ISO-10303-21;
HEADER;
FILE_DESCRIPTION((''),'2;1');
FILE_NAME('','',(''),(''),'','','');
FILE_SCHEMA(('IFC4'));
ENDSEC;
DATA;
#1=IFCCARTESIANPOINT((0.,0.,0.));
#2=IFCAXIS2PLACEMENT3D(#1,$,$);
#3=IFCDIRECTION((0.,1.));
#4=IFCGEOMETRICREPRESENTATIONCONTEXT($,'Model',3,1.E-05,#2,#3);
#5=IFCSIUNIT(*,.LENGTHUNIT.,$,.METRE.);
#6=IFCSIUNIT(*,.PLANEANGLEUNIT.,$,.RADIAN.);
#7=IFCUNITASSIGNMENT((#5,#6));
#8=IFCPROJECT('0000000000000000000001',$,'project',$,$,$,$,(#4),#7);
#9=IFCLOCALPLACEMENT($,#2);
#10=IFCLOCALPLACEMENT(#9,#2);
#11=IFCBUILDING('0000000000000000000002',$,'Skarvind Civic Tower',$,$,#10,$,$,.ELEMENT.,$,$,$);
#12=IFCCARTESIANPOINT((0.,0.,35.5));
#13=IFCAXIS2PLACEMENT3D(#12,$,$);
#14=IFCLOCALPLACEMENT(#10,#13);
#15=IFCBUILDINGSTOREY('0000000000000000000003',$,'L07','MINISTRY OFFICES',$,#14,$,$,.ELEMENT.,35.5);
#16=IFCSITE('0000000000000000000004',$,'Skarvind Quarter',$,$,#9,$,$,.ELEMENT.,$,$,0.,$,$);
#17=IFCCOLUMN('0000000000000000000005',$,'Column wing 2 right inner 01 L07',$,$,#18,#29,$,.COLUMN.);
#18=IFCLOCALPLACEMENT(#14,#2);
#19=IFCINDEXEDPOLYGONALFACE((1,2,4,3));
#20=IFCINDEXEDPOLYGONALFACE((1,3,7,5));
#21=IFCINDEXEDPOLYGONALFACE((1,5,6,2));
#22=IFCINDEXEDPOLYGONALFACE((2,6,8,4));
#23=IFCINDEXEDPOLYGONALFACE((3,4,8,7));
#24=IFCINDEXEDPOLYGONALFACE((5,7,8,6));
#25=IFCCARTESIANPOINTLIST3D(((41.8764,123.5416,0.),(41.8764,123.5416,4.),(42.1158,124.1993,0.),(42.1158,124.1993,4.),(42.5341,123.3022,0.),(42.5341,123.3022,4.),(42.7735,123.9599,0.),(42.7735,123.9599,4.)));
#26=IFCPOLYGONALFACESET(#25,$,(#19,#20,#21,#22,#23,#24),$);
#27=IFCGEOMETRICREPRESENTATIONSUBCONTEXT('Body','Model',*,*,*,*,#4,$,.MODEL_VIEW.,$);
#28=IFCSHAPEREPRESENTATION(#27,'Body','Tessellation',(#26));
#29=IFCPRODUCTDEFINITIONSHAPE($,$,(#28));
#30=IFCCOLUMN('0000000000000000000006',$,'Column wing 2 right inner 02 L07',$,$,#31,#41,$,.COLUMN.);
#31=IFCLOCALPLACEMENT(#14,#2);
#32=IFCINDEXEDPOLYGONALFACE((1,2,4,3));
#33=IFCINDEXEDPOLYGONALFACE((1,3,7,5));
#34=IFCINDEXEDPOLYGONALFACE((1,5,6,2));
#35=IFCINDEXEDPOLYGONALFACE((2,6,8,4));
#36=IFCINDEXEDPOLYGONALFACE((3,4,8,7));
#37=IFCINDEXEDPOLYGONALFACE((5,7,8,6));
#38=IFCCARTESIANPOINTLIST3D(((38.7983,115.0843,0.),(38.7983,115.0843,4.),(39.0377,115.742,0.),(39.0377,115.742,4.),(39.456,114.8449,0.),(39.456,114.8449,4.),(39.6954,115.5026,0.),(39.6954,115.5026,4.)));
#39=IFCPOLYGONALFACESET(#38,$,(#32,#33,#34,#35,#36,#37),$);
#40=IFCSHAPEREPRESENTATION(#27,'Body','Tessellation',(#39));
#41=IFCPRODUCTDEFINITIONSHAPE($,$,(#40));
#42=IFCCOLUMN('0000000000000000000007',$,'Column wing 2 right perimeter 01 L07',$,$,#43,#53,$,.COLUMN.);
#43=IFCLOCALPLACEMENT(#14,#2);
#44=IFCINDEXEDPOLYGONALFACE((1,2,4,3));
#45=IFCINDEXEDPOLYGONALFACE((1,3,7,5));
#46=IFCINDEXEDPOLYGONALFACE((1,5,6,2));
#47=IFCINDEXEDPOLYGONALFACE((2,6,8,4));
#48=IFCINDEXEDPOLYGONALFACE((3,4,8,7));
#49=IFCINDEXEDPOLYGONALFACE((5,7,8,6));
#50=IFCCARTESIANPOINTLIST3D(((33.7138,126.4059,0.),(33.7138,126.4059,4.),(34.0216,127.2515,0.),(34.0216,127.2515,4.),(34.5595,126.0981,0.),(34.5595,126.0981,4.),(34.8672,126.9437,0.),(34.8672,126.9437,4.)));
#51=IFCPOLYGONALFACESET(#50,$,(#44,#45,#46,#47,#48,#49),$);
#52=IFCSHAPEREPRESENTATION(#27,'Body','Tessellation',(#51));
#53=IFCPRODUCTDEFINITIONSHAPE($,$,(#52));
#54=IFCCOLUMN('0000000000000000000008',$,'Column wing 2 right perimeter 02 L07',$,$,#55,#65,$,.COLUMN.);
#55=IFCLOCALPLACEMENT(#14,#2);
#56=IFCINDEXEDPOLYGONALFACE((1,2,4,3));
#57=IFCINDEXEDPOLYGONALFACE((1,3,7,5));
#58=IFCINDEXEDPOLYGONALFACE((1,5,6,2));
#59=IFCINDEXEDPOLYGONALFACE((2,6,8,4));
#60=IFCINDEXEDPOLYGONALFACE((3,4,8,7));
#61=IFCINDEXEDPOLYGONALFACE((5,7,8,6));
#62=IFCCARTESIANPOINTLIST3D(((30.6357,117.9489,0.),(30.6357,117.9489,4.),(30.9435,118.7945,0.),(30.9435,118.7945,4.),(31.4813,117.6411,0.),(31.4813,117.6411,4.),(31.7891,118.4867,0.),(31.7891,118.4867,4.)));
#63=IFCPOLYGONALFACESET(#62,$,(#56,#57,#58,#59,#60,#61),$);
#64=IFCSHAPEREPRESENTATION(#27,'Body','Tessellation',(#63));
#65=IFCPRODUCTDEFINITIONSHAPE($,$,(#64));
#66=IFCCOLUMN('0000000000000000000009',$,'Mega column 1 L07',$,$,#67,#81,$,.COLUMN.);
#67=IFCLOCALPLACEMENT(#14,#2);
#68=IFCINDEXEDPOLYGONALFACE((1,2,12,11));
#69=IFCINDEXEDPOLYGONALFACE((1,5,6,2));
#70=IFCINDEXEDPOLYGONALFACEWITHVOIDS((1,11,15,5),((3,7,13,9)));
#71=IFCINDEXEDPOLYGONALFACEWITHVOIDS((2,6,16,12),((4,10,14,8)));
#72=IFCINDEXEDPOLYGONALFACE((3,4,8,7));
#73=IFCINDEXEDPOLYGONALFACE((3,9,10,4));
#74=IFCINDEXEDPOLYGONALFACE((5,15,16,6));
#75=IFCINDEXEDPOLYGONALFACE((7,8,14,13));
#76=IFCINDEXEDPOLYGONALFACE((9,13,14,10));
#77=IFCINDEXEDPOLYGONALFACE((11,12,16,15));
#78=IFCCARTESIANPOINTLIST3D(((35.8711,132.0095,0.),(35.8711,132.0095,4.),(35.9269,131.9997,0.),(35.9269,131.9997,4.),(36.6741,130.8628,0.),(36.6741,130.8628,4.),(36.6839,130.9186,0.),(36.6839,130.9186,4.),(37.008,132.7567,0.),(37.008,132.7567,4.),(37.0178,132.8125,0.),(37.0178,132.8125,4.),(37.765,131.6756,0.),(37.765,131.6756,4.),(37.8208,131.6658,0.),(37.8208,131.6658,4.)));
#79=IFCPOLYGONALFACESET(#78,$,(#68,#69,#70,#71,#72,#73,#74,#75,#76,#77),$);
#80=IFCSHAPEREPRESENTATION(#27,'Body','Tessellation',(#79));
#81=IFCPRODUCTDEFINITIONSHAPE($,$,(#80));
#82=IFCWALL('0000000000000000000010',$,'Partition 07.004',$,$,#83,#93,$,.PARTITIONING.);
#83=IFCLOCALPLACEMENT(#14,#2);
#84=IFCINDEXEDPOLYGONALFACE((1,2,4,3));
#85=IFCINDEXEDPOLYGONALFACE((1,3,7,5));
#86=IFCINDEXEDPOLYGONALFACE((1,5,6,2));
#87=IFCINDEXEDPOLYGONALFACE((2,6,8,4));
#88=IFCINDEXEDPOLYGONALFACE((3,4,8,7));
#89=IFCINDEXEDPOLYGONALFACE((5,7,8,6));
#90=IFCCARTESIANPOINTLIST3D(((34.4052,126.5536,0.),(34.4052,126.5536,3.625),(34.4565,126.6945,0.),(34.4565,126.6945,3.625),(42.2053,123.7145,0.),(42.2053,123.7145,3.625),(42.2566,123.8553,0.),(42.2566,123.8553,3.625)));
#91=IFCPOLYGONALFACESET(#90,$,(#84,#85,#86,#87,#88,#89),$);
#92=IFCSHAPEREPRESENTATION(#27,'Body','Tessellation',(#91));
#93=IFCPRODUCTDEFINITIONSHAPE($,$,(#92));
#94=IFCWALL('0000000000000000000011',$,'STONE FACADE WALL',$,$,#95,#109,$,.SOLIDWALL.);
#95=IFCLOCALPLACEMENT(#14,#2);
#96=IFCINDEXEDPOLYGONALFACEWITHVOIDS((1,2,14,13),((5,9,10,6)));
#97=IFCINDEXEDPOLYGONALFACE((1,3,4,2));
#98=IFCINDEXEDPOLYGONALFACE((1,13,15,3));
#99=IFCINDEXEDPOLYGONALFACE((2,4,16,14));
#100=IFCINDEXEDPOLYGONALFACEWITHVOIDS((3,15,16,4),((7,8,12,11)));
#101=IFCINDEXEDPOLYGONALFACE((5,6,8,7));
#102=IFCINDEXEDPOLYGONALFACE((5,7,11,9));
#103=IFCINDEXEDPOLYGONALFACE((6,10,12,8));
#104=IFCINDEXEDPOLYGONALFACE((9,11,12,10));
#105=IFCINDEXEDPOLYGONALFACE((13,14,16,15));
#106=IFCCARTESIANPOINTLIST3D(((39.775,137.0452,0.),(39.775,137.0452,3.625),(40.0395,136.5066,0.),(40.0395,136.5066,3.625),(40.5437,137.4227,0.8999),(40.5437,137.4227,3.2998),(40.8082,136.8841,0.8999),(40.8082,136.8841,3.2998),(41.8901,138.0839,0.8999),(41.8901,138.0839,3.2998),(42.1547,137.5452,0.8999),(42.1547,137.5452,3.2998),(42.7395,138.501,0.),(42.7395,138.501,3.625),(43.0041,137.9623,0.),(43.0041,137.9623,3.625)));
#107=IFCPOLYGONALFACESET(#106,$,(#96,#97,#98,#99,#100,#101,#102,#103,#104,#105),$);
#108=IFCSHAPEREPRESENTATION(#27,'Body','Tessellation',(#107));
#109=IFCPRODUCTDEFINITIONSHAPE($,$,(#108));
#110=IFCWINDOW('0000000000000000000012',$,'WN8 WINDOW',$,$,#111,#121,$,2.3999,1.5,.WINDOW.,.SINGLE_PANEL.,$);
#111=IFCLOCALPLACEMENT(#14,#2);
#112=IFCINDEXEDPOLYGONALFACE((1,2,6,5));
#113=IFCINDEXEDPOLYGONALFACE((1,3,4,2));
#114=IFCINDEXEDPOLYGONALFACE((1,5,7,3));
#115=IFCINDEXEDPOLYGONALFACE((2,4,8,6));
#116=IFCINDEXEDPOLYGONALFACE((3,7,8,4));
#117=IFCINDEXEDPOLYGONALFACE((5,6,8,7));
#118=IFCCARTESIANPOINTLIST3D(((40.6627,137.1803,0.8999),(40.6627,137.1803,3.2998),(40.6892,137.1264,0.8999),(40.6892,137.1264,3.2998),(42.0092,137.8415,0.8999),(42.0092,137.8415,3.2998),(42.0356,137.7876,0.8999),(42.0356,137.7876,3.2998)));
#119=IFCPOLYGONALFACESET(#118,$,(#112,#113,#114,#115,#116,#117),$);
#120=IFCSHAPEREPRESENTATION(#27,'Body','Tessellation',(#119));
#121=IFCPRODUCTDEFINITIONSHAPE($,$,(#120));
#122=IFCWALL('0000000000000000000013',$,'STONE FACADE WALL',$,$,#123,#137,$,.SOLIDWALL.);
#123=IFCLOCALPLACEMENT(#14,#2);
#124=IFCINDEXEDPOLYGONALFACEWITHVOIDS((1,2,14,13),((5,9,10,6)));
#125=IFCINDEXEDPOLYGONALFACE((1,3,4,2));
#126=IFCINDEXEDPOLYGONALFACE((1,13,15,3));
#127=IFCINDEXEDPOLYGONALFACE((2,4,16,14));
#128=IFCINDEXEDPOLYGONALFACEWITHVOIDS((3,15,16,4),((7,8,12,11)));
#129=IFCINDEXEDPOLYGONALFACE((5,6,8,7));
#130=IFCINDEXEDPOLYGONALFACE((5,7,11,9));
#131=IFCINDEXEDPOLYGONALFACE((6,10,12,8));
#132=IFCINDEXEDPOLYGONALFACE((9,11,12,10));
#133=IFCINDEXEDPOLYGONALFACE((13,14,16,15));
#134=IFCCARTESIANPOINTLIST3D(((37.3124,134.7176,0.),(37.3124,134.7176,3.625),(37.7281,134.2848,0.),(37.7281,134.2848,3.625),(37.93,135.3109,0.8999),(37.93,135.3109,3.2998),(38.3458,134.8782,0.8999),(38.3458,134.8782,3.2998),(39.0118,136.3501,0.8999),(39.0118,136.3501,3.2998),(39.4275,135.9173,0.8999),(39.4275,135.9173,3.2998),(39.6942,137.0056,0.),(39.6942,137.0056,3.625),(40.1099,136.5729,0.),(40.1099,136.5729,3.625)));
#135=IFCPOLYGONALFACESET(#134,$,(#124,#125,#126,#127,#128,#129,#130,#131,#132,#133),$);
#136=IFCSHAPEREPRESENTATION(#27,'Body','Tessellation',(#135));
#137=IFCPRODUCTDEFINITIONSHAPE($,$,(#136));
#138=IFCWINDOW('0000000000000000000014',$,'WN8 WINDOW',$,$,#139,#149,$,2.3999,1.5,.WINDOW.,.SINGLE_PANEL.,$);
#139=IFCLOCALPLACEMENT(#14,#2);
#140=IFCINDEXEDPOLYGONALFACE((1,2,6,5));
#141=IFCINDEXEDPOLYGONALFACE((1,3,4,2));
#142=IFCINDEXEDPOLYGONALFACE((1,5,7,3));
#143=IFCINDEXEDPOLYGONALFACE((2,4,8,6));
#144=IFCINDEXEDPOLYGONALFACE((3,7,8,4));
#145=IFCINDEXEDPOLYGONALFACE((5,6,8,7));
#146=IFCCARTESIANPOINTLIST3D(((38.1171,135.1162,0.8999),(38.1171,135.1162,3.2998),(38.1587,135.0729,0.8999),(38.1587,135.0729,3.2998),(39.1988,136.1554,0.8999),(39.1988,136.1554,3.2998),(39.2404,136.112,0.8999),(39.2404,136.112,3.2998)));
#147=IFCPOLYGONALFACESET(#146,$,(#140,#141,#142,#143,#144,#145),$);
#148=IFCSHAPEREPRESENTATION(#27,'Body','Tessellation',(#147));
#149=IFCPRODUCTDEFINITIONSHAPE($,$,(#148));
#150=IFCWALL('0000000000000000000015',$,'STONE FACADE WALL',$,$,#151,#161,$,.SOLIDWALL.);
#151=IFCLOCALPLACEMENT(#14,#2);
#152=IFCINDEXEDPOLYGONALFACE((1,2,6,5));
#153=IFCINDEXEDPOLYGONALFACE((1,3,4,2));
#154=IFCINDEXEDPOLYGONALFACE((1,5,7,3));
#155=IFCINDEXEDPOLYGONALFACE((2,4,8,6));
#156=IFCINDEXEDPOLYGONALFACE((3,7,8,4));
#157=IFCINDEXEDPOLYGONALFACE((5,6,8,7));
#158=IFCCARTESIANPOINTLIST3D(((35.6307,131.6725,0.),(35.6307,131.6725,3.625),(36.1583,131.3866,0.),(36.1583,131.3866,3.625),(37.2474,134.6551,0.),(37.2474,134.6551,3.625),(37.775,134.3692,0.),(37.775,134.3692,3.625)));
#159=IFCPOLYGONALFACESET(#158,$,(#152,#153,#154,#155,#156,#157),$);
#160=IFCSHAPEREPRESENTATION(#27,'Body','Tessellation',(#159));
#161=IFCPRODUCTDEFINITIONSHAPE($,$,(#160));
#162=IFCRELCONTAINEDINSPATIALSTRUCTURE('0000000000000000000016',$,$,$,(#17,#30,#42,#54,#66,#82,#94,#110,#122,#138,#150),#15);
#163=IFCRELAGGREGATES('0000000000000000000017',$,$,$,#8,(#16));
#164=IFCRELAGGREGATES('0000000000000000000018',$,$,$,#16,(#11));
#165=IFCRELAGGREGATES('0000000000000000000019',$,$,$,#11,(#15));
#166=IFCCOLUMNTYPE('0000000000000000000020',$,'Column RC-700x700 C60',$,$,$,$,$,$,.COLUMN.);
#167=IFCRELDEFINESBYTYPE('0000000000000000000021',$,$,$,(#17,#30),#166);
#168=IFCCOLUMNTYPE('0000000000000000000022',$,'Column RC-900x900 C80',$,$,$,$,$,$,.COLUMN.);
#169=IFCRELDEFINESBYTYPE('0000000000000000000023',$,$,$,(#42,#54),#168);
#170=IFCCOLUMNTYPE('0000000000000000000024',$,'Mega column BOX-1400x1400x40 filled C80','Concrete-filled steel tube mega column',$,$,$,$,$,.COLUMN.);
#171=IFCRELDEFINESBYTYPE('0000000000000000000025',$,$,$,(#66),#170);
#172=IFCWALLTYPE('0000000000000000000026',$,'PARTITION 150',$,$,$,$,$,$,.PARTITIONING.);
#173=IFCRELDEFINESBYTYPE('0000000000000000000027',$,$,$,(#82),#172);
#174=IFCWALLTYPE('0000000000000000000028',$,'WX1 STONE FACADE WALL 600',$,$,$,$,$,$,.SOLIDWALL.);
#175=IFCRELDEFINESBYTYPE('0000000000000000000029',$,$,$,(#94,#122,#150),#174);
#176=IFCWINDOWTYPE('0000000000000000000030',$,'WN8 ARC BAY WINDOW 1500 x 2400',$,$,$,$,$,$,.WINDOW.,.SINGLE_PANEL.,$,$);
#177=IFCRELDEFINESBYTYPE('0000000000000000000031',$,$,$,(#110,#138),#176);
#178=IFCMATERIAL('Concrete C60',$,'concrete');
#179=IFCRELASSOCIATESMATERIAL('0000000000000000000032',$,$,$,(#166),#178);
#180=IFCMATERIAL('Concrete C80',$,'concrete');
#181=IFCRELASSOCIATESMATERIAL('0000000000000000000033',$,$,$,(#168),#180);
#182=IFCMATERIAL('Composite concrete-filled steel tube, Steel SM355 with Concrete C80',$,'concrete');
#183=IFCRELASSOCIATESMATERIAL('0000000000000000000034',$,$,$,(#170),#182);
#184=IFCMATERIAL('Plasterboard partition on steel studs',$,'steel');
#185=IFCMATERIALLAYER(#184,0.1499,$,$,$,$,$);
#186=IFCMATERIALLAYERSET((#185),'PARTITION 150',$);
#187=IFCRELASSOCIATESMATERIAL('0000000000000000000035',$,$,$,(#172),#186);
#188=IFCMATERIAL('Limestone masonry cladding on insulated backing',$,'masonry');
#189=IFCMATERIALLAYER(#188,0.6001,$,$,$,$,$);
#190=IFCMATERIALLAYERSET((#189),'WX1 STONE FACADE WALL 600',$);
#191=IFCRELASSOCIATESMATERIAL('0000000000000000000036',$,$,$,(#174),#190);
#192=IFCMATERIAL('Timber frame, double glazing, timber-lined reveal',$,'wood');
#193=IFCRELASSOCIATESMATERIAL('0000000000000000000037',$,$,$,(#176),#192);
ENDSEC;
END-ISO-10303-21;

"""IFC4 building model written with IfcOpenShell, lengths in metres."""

from ifc_helpers import new_model, si_unit, direction, frame, frame_2d, origin, origin_2d, place, context, subcontext, project, spatial, rectangle, hollow_rectangle, extrude, material, layer, layer_set, material_profile, profile_set, type_object, element, fill, save


model = new_model("IFC4")

# Units and contexts
model_context = context("Model", 3, precision=1e-05, world=origin(), true_north=direction((0.0, 1.0)))
body_context = subcontext(model_context, "Body", "Model", "MODEL_VIEW")
ifc_project = project(units=[si_unit("LENGTHUNIT", "METRE"), si_unit("PLANEANGLEUNIT", "RADIAN")], contexts=[model_context])

# Site, building, storey
site_placement = place(None, origin())
site = spatial("IfcSite", under=ifc_project, at=site_placement, Name="Skarvind Quarter", CompositionType="ELEMENT", RefElevation=0.0)
building_placement = place(site_placement, origin())
building = spatial("IfcBuilding", under=site, at=building_placement, Name="Skarvind Civic Tower", CompositionType="ELEMENT")
storey_placement = place(building_placement, frame((0.0, 0.0, 35.5)))
storey = spatial("IfcBuildingStorey", under=building, at=storey_placement, Name="L07", Description="MINISTRY OFFICES", CompositionType="ELEMENT", Elevation=35.5)

# Columns
ifc_material_1 = material(Name="Concrete C60", Category="concrete")
ifc_material_profile_1 = material_profile(ifc_material_1, rectangle(XDim=0.7, YDim=0.7, at=origin_2d()), Name="RC-700x700")
ifc_profile_set_1 = profile_set([ifc_material_profile_1], Name="Concrete C60")
column_type_1 = type_object("IfcColumnType", Name="Column RC-700x700 C60", PredefinedType="COLUMN", material=ifc_profile_set_1)
for number, where, z_axis, x_axis, name in (
    (1, (42.325, 123.7507, 0.0), (0.0, 0.0, 1.0), (-0.34202, -0.939693, 0.0), "Column wing 2 right inner 01 L07"),
    (2, (39.2468, 115.2935, 0.0), (0.0, 0.0, 1.0), (-0.34202, -0.939693, 0.0), "Column wing 2 right inner 02 L07"),
):
    element("IfcColumn", number, at=place(storey_placement, frame(where, z_axis=z_axis, x_axis=x_axis)), inside=storey, type_object=column_type_1, Name=name, PredefinedType="COLUMN", context=body_context, shape_type="SweptSolid", body=[
        extrude(rectangle(XDim=0.7, YDim=0.7, at=origin_2d()), origin(), (0.0, 0.0, 1.0), 4.0),
    ])
ifc_material_2 = material(Name="Concrete C80", Category="concrete")
ifc_material_profile_2 = material_profile(ifc_material_2, rectangle(XDim=0.8999, YDim=0.8999, at=origin_2d()), Name="RC-900x900")
ifc_profile_set_2 = profile_set([ifc_material_profile_2], Name="Concrete C80")
column_type_2 = type_object("IfcColumnType", Name="Column RC-900x900 C80", PredefinedType="COLUMN", material=ifc_profile_set_2)
for number, where, z_axis, x_axis, name in (
    (3, (34.2905, 126.6748, 0.0), (0.0, 0.0, 1.0), (-0.34202, -0.939693, 0.0), "Column wing 2 right perimeter 01 L07"),
    (4, (31.2124, 118.2178, 0.0), (0.0, 0.0, 1.0), (-0.34202, -0.939693, 0.0), "Column wing 2 right perimeter 02 L07"),
):
    element("IfcColumn", number, at=place(storey_placement, frame(where, z_axis=z_axis, x_axis=x_axis)), inside=storey, type_object=column_type_2, Name=name, PredefinedType="COLUMN", context=body_context, shape_type="SweptSolid", body=[
        extrude(rectangle(XDim=0.8999, YDim=0.8999, at=origin_2d()), origin(), (0.0, 0.0, 1.0), 4.0),
    ])
ifc_material_3 = material(Name="Composite concrete-filled steel tube, Steel SM355 with Concrete C80", Category="concrete")
ifc_material_profile_3 = material_profile(ifc_material_3, hollow_rectangle(XDim=1.3999, YDim=1.3999, WallThickness=0.04, at=origin_2d()), Name="BOX-1400x1400x40")
ifc_profile_set_3 = profile_set([ifc_material_profile_3], Name="Composite concrete-filled steel tube, Steel SM355 with Concrete C80")
column_type_3 = type_object("IfcColumnType", Name="Mega column BOX-1400x1400x40 filled C80", Description="Concrete-filled steel tube mega column", PredefinedType="COLUMN", material=ifc_profile_set_3)
column_placement = place(storey_placement, frame((36.8459, 131.8376, 0.0), z_axis=(0.0, 0.0, 1.0), x_axis=(0.573576, -0.819152, 0.0)))
element("IfcColumn", 5, at=column_placement, inside=storey, type_object=column_type_3, Name="Mega column 1 L07", PredefinedType="COLUMN", context=body_context, shape_type="SweptSolid", body=[
    extrude(hollow_rectangle(XDim=1.3999, YDim=1.3999, WallThickness=0.04, at=origin_2d()), origin(), (0.0, 0.0, 1.0), 4.0),
])

# Wall
ifc_material_4 = material(Name="Plasterboard partition on steel studs", Category="steel")
ifc_layer_1 = layer(ifc_material_4, 0.1499)
ifc_layer_set_1 = layer_set([ifc_layer_1], Name="PARTITION 150")
wall_type_1 = type_object("IfcWallType", Name="PARTITION 150", PredefinedType="PARTITIONING", material=ifc_layer_set_1)
wall_1_placement = place(storey_placement, frame((42.231, 123.7849, 0.0), z_axis=(0.0, 0.0, 1.0), x_axis=(-0.939688, 0.342034, 0.0)))
element("IfcWall", 6, at=wall_1_placement, inside=storey, type_object=wall_type_1, Name="Partition 07.004", PredefinedType="PARTITIONING", context=body_context, shape_type="SweptSolid", body=[
    extrude(rectangle(XDim=8.3008, YDim=0.1499, at=frame_2d((4.1504, 0.0))), origin(), (0.0, 0.0, 1.0), 3.625),
])

# Walls, openings, windows
ifc_material_5 = material(Name="Limestone masonry cladding on insulated backing", Category="masonry")
ifc_layer_2 = layer(ifc_material_5, 0.6001)
ifc_layer_set_2 = layer_set([ifc_layer_2], Name="WX1 STONE FACADE WALL 600")
wall_type_2 = type_object("IfcWallType", Name="WX1 STONE FACADE WALL 600", PredefinedType="SOLIDWALL", material=ifc_layer_set_2)
wall_2_placement = place(storey_placement, frame((39.9072, 136.7759, 0.0), z_axis=(0.0, 0.0, 1.0), x_axis=(0.897612, 0.440786, 0.0)))
wall_2 = element("IfcWall", 7, at=wall_2_placement, inside=storey, type_object=wall_type_2, Name="STONE FACADE WALL", PredefinedType="SOLIDWALL", context=body_context, shape_type="SweptSolid", body=[
    extrude(rectangle(XDim=3.3027, YDim=0.6001, at=frame_2d((1.6514, 0.0))), origin(), (0.0, 0.0, 1.0), 3.625),
])
opening_1_placement = place(wall_2_placement, frame((0.8564, 0.0, 0.8999)))
opening_1 = element("IfcOpeningElement", 8, at=opening_1_placement, cuts=wall_2, PredefinedType="OPENING", context=body_context, shape_type="SweptSolid", body=[
    extrude(rectangle(XDim=1.5, YDim=2.3999, at=frame_2d((0.75, 1.2))), frame((0.0, 0.3101, 0.0), z_axis=(0.0, -1.0, 0.0), x_axis=(1.0, 0.0, 0.0)), (0.0, 0.0, 1.0), 0.6201),
])
ifc_material_6 = material(Name="Timber frame, double glazing, timber-lined reveal", Category="wood")
window_type = type_object("IfcWindowType", Name="WN8 ARC BAY WINDOW 1500 x 2400", PartitioningType="SINGLE_PANEL", PredefinedType="WINDOW", material=ifc_material_6)
window_1_placement = place(opening_1_placement, origin())
window_1 = element("IfcWindow", 9, at=window_1_placement, inside=storey, type_object=window_type, Name="WN8 WINDOW", OverallHeight=2.3999, OverallWidth=1.5, PartitioningType="SINGLE_PANEL", PredefinedType="WINDOW", context=body_context, shape_type="SweptSolid", body=[
    extrude(rectangle(XDim=1.5, YDim=2.3999, at=frame_2d((0.75, 1.2))), frame((0.0, 0.03, 0.0), z_axis=(0.0, -1.0, 0.0), x_axis=(1.0, 0.0, 0.0)), (0.0, 0.0, 1.0), 0.0601),
])
fill(opening_1, window_1)
wall_3_placement = place(storey_placement, frame((37.5203, 134.5012, 0.0), z_axis=(0.0, 0.0, 1.0), x_axis=(0.721157, 0.692772, 0.0)))
wall_3 = element("IfcWall", 10, at=wall_3_placement, inside=storey, type_object=wall_type_2, Name="STONE FACADE WALL", PredefinedType="SOLIDWALL", context=body_context, shape_type="SweptSolid", body=[
    extrude(rectangle(XDim=3.3027, YDim=0.6001, at=frame_2d((1.6514, 0.0))), origin(), (0.0, 0.0, 1.0), 3.625),
])
opening_2_placement = place(wall_3_placement, frame((0.8564, 0.0, 0.8999)))
opening_2 = element("IfcOpeningElement", 11, at=opening_2_placement, cuts=wall_3, PredefinedType="OPENING", context=body_context, shape_type="SweptSolid", body=[
    extrude(rectangle(XDim=1.5, YDim=2.3999, at=frame_2d((0.75, 1.2))), frame((0.0, 0.3101, 0.0), z_axis=(0.0, -1.0, 0.0), x_axis=(1.0, 0.0, 0.0)), (0.0, 0.0, 1.0), 0.6201),
])
window_2_placement = place(opening_2_placement, origin())
window_2 = element("IfcWindow", 12, at=window_2_placement, inside=storey, type_object=window_type, Name="WN8 WINDOW", OverallHeight=2.3999, OverallWidth=1.5, PartitioningType="SINGLE_PANEL", PredefinedType="WINDOW", context=body_context, shape_type="SweptSolid", body=[
    extrude(rectangle(XDim=1.5, YDim=2.3999, at=frame_2d((0.75, 1.2))), frame((0.0, 0.03, 0.0), z_axis=(0.0, -1.0, 0.0), x_axis=(1.0, 0.0, 0.0)), (0.0, 0.0, 1.0), 0.0601),
])
fill(opening_2, window_2)

# Wall
wall_4_placement = place(storey_placement, frame((35.8945, 131.5295, 0.0), z_axis=(0.0, 0.0, 1.0), x_axis=(0.476531, 0.879158, 0.0)))
element("IfcWall", 13, at=wall_4_placement, inside=storey, type_object=wall_type_2, Name="STONE FACADE WALL", PredefinedType="SOLIDWALL", context=body_context, shape_type="SweptSolid", body=[
    extrude(rectangle(XDim=3.3926, YDim=0.6001, at=frame_2d((1.6963, 0.0))), origin(), (0.0, 0.0, 1.0), 3.625),
])

save(model, "model.ifc")
